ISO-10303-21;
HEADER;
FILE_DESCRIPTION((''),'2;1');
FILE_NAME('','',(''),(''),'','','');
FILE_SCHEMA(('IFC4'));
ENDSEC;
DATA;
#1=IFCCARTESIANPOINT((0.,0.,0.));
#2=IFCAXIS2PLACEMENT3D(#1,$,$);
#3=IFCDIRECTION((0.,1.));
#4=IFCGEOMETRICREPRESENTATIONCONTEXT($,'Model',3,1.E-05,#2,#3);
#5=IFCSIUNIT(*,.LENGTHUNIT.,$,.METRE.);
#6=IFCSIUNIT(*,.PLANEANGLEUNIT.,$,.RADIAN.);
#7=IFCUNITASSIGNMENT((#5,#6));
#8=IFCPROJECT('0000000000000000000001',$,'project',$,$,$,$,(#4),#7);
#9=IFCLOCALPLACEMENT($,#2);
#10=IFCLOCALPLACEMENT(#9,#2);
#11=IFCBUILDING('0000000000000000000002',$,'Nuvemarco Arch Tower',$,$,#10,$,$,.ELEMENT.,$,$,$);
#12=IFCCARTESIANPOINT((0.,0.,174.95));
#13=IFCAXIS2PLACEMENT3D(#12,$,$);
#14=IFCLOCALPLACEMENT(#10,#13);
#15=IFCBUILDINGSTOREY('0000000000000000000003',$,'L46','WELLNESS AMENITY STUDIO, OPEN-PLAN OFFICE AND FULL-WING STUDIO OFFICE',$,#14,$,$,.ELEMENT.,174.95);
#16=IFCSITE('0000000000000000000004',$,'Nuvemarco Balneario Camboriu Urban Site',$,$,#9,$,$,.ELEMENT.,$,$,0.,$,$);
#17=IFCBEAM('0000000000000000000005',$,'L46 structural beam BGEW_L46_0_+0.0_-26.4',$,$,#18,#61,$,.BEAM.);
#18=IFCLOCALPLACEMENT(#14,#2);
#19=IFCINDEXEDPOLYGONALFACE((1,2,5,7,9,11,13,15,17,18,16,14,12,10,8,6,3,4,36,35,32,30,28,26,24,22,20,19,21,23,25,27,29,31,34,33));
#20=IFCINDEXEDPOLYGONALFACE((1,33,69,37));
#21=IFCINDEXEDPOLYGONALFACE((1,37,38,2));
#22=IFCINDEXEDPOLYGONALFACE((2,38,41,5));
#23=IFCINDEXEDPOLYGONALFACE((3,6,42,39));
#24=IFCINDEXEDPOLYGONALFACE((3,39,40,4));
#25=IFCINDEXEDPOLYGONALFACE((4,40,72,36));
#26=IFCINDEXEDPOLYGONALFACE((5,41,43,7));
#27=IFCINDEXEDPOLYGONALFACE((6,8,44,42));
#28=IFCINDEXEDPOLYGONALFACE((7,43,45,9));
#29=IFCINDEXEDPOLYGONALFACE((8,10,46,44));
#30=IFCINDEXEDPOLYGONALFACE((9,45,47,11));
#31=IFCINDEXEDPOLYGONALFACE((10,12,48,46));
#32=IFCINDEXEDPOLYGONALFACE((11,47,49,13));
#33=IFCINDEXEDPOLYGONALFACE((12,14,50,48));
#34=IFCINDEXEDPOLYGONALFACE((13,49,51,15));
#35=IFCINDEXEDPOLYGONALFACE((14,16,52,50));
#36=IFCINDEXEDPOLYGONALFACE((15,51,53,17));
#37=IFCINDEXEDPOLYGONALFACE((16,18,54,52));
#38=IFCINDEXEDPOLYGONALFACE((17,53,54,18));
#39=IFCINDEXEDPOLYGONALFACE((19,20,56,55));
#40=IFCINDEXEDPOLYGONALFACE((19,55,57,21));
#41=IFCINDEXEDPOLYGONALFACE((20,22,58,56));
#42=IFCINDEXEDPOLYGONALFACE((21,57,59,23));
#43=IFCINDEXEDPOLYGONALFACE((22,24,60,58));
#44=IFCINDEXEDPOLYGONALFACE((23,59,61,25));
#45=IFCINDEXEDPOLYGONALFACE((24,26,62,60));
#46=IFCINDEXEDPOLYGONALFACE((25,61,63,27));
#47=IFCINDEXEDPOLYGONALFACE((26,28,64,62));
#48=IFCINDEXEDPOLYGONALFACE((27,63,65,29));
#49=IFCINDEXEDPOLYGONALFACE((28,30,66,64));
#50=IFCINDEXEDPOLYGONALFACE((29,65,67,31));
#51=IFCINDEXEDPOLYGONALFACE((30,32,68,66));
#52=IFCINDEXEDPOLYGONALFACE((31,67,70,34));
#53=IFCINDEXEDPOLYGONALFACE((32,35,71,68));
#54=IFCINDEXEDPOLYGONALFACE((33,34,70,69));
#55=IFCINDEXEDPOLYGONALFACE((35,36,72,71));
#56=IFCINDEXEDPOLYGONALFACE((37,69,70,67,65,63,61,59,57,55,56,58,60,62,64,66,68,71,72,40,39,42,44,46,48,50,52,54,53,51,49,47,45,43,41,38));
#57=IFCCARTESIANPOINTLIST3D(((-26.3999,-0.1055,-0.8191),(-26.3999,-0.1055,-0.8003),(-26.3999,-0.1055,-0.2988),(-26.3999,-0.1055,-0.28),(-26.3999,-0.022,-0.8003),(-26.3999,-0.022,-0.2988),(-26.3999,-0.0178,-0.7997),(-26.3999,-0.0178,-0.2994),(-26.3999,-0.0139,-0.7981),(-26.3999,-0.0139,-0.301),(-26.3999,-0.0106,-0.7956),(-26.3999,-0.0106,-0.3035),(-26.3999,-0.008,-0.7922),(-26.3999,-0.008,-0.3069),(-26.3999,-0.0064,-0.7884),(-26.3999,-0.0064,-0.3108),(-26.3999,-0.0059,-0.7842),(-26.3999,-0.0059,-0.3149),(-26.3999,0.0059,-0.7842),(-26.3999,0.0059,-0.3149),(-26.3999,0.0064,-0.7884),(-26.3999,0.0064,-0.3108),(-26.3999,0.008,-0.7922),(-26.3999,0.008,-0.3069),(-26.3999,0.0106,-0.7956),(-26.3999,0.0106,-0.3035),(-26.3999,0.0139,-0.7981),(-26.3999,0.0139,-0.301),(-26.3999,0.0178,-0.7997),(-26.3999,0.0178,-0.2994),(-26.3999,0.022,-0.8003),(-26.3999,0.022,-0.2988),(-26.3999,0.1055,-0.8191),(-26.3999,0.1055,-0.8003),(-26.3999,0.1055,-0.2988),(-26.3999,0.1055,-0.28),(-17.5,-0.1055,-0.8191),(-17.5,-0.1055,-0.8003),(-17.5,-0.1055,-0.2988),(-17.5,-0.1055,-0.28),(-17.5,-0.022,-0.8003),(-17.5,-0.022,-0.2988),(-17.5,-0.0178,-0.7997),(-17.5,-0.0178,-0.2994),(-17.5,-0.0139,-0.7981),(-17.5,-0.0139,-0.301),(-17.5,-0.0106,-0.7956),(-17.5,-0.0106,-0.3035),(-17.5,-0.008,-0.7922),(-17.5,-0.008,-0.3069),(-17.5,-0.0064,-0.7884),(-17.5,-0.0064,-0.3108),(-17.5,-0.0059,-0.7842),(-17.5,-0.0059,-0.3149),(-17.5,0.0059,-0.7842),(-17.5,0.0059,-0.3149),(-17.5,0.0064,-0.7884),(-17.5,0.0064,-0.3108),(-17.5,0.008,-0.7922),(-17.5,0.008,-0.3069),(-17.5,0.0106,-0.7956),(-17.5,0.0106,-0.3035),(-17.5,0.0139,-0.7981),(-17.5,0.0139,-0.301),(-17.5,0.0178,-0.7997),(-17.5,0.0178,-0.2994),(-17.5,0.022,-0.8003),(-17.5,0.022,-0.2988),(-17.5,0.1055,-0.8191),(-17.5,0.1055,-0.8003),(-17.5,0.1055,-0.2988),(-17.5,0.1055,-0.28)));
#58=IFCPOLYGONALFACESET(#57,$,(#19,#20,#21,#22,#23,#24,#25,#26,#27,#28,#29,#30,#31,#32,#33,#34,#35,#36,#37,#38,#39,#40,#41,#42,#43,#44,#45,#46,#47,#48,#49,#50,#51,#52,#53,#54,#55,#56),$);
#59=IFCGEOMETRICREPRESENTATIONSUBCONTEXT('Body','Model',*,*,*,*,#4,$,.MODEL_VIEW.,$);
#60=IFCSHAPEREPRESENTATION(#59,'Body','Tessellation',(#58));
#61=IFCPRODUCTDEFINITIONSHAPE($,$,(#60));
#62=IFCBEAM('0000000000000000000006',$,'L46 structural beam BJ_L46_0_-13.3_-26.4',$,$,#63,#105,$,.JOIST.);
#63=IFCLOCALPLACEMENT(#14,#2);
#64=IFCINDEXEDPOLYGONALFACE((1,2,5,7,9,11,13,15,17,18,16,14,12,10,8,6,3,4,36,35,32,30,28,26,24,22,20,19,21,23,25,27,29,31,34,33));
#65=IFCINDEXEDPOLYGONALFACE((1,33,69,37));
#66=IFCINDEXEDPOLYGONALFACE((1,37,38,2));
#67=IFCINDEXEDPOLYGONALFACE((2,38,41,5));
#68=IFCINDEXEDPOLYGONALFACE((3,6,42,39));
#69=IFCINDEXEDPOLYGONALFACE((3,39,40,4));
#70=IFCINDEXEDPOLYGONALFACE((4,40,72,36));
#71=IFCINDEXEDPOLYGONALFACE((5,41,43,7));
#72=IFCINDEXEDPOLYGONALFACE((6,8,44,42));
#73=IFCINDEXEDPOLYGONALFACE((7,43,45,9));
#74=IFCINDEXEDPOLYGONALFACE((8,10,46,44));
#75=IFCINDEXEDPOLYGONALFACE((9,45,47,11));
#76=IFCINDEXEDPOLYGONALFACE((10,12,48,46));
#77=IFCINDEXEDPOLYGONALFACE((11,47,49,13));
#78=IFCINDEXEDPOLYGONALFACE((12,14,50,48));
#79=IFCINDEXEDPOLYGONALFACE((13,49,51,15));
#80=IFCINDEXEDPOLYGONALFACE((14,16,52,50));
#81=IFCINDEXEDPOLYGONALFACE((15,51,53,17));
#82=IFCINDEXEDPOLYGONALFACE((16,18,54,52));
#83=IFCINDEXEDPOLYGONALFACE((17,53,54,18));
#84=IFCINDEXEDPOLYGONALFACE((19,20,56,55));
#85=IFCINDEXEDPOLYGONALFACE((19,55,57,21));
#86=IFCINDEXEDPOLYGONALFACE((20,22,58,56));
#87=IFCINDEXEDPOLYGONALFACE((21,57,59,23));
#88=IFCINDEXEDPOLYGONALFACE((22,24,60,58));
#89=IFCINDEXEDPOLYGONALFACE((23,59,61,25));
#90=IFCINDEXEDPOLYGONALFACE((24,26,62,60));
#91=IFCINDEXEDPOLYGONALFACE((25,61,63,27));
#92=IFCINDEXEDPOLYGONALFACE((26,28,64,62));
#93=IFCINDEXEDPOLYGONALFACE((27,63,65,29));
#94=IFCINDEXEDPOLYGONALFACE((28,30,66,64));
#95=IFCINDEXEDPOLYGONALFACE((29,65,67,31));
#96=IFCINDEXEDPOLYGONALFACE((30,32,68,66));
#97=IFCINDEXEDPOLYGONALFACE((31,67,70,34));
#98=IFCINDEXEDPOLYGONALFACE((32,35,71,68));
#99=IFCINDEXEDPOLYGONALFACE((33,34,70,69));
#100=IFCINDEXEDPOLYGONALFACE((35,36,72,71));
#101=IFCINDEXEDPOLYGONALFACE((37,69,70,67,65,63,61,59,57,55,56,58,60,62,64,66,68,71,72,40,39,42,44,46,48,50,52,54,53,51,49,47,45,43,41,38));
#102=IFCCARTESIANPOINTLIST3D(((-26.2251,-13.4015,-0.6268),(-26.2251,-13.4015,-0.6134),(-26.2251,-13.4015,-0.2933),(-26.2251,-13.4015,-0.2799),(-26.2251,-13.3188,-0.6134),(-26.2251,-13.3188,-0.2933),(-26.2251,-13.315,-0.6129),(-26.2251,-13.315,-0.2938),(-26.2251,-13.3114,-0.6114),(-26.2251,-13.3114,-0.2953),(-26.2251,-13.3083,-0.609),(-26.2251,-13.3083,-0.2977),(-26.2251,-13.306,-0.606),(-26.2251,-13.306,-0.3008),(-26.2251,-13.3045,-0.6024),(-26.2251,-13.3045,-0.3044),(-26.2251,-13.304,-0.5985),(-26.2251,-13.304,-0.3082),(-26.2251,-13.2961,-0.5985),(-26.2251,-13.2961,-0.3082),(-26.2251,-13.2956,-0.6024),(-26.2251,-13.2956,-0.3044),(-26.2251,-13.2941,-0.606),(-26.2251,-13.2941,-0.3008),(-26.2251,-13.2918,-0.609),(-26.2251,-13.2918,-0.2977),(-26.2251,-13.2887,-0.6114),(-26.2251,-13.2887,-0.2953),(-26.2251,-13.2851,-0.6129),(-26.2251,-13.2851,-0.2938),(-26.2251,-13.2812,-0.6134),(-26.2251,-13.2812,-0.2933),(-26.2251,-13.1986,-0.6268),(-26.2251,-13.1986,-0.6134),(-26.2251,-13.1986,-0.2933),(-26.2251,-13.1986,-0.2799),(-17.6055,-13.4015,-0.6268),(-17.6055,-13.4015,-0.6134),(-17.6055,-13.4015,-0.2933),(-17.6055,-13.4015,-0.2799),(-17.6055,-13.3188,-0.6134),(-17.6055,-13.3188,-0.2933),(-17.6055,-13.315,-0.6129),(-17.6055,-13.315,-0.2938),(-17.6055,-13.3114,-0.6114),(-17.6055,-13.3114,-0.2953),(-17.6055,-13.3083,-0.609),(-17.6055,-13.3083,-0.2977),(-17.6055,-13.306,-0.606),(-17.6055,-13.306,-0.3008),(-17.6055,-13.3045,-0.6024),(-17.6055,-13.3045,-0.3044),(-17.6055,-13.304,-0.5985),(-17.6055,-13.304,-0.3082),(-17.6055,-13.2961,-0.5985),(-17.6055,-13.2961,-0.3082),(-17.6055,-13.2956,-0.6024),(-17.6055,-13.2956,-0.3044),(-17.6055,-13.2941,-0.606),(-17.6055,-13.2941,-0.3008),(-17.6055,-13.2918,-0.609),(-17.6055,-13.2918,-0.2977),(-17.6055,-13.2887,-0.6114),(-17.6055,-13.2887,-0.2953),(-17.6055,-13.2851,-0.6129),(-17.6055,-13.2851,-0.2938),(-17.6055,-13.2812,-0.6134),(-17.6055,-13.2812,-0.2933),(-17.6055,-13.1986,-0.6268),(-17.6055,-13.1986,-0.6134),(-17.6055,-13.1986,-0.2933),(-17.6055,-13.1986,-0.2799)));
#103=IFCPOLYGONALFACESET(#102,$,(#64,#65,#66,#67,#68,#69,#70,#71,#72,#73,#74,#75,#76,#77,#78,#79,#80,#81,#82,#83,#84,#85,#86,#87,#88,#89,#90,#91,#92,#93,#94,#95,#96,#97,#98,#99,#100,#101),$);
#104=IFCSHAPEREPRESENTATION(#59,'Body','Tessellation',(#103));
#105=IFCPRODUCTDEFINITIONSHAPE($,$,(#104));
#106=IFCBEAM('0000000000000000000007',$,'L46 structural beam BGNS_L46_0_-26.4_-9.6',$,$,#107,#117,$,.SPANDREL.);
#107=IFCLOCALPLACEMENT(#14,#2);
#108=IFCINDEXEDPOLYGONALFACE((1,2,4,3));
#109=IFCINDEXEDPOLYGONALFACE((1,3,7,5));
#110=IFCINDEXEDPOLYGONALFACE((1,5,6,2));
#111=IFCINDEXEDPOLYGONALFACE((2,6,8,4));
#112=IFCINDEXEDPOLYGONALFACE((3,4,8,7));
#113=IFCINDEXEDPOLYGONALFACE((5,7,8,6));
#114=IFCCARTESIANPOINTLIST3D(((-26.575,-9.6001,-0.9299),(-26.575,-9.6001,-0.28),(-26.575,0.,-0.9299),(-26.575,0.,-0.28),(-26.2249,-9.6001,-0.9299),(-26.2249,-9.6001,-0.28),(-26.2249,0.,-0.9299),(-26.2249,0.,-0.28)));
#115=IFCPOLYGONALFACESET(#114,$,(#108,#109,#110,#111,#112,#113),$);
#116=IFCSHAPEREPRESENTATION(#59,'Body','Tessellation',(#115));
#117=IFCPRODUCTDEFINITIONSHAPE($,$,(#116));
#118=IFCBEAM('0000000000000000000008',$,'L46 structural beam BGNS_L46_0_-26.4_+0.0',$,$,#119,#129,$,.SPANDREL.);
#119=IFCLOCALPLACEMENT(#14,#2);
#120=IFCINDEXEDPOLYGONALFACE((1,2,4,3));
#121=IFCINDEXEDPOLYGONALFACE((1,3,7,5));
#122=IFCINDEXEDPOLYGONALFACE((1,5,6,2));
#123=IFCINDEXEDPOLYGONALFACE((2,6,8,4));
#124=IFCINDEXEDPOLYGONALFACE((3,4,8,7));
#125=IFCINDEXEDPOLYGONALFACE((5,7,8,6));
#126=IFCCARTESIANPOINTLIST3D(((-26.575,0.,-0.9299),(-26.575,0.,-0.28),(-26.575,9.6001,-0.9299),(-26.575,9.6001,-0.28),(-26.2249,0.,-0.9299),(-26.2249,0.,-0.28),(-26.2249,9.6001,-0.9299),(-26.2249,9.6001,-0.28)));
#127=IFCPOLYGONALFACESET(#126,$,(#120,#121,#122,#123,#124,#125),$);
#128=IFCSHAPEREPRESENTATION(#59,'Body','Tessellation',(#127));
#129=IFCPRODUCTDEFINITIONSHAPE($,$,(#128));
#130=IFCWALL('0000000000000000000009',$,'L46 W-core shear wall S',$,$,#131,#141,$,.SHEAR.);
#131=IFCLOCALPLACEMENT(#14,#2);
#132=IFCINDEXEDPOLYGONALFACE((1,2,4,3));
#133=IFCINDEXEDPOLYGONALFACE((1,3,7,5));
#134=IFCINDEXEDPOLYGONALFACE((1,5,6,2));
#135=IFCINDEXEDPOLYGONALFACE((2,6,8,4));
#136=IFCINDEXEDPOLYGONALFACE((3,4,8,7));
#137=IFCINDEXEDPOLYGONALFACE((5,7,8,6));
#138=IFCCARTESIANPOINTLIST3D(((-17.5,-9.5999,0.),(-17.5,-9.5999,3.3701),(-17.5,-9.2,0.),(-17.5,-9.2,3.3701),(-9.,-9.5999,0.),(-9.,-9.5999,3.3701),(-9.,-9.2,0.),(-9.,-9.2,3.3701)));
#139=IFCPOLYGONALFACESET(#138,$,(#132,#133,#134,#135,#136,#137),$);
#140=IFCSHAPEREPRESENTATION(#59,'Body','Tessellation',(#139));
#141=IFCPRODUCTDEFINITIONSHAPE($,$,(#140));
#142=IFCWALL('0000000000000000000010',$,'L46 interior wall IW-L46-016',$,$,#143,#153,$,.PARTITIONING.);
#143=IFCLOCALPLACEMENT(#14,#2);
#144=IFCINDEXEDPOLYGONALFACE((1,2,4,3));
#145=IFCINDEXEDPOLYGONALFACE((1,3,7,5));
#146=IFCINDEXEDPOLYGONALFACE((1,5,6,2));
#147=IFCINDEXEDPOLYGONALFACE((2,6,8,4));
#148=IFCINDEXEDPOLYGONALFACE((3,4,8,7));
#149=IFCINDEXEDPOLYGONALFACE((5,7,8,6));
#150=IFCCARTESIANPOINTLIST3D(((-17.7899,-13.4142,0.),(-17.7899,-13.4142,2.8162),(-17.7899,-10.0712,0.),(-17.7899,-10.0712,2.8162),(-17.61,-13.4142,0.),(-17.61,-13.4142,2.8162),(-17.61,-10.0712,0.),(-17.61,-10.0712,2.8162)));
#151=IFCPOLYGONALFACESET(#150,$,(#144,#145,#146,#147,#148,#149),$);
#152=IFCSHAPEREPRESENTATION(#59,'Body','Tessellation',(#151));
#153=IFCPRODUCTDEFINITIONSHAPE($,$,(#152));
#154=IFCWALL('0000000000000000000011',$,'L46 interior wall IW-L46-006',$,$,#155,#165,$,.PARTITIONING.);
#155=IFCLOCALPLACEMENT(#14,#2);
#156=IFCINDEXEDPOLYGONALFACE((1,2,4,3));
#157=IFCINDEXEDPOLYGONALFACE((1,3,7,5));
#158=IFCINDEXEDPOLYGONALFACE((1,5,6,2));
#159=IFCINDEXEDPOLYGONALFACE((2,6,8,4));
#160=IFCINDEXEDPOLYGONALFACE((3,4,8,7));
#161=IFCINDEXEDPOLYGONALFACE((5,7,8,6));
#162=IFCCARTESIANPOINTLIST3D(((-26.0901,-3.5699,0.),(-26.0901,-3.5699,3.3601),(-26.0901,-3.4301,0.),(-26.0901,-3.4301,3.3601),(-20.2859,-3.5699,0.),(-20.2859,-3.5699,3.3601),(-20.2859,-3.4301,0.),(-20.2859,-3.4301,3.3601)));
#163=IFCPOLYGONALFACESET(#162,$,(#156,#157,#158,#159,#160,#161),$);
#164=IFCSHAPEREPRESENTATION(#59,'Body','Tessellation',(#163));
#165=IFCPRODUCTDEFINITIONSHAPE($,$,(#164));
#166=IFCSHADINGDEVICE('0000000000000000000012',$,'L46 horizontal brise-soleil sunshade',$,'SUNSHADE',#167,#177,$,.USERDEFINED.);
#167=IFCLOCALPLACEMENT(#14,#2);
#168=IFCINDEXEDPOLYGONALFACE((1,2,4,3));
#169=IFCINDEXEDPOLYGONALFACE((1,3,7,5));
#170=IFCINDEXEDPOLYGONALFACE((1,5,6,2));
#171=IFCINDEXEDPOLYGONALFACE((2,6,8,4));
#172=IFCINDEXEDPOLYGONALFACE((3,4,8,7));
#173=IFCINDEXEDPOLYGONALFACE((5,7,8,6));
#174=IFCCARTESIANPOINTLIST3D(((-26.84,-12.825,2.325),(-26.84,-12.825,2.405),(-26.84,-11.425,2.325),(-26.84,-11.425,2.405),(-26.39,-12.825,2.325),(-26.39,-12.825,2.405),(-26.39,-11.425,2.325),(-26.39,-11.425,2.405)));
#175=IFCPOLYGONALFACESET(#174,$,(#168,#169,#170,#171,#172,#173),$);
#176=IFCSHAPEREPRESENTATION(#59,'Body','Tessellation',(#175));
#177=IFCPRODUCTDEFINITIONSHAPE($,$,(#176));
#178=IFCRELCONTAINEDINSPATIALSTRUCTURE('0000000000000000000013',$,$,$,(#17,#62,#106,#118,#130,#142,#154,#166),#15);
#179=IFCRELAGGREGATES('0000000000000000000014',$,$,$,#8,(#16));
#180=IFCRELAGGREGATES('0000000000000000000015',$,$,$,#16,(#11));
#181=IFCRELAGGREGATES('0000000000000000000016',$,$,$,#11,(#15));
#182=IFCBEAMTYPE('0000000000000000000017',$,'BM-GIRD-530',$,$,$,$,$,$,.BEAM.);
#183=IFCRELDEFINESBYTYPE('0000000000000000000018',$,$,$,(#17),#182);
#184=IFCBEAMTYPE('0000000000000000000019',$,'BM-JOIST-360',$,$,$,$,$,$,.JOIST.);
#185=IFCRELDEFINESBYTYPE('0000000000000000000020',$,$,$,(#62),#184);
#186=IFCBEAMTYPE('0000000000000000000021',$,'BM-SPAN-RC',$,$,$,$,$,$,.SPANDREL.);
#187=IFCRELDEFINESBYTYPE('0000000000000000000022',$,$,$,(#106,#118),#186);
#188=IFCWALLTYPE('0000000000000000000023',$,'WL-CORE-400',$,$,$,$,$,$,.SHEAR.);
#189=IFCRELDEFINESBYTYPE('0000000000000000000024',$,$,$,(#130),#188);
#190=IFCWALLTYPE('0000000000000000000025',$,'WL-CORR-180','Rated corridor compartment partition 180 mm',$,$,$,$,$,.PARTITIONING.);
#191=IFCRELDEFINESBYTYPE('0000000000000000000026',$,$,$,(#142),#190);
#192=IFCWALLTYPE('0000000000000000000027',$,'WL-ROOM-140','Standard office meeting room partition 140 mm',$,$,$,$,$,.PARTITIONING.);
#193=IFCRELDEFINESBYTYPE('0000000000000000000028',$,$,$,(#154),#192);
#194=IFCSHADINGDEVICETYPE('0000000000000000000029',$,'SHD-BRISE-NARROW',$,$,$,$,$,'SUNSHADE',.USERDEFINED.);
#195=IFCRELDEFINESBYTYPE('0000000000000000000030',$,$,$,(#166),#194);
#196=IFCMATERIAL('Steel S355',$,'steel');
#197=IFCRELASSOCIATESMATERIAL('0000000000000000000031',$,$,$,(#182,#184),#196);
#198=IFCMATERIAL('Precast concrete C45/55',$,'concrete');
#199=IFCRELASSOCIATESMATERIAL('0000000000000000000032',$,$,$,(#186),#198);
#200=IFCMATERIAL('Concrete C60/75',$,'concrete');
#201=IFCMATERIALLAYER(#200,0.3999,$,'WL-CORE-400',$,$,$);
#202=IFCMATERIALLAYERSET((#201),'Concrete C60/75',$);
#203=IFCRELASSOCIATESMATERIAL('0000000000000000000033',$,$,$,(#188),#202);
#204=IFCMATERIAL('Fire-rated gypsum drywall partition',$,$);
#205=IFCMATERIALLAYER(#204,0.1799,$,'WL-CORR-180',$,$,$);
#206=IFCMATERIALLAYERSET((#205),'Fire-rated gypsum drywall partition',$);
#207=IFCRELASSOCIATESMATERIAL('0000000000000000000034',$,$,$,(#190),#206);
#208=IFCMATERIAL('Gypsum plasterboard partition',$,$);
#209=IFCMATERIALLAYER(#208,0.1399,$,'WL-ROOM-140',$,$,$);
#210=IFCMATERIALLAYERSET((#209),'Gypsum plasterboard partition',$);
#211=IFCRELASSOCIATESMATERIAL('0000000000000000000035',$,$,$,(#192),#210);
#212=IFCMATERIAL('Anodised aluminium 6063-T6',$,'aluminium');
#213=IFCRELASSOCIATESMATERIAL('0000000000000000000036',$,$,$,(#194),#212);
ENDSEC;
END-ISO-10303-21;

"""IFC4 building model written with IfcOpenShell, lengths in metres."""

from ifc_helpers import new_model, si_unit, direction, frame, frame_2d, origin, origin_2d, place, context, subcontext, project, spatial, rectangle, i_section, extrude, source, transform, mapped, material, layer, layer_set, material_profile, profile_set, type_object, type_shapes, element, save


model = new_model("IFC4")

# Units and contexts
model_context = context("Model", 3, precision=1e-05, world=origin(), true_north=direction((0.0, 1.0)))
body_context = subcontext(model_context, "Body", "Model", "MODEL_VIEW")
ifc_project = project(units=[si_unit("LENGTHUNIT", "METRE"), si_unit("PLANEANGLEUNIT", "RADIAN")], contexts=[model_context])

# Site, building, storey
site_placement = place(None, origin())
site = spatial("IfcSite", under=ifc_project, at=site_placement, Name="Nuvemarco Balneario Camboriu Urban Site", CompositionType="ELEMENT", RefElevation=0.0)
building_placement = place(site_placement, origin())
building = spatial("IfcBuilding", under=site, at=building_placement, Name="Nuvemarco Arch Tower", CompositionType="ELEMENT")
storey_placement = place(building_placement, frame((0.0, 0.0, 174.95)))
storey = spatial("IfcBuildingStorey", under=building, at=storey_placement, Name="L46", Description="WELLNESS AMENITY STUDIO, OPEN-PLAN OFFICE AND FULL-WING STUDIO OFFICE", CompositionType="ELEMENT", Elevation=174.95)

# Shared definitions
ifc_material_1 = material(Name="Steel S355", Category="steel")

# Beams
ifc_material_profile_1 = material_profile(ifc_material_1, i_section(OverallWidth=0.2109, OverallDepth=0.5391, WebThickness=0.0117, FlangeThickness=0.0188, FilletRadius=0.0161, at=origin_2d()), Name="W530x109")
ifc_profile_set_1 = profile_set([ifc_material_profile_1], Name="Steel S355")
beam_type_1 = type_object("IfcBeamType", Name="BM-GIRD-530", PredefinedType="BEAM", material=ifc_profile_set_1)
beam_1_placement = place(storey_placement, frame((-26.3999, 0.0, -0.5496), z_axis=(1.0, 0.0, 0.0), x_axis=(0.0, 1.0, 0.0)))
element("IfcBeam", 1, at=beam_1_placement, inside=storey, type_object=beam_type_1, Name="L46 structural beam BGEW_L46_0_+0.0_-26.4", PredefinedType="BEAM", context=body_context, shape_type="SweptSolid", body=[
    extrude(i_section(OverallWidth=0.2109, OverallDepth=0.5391, WebThickness=0.0117, FlangeThickness=0.0188, FilletRadius=0.0161, at=origin_2d()), origin(), (0.0, 0.0, 1.0), 8.8999),
])
ifc_material_profile_2 = material_profile(ifc_material_1, i_section(OverallWidth=0.2029, OverallDepth=0.3469, WebThickness=0.0078, FlangeThickness=0.0134, FilletRadius=0.0149, at=origin_2d()), Name="W360x64")
ifc_profile_set_2 = profile_set([ifc_material_profile_2], Name="Steel S355")
beam_type_2 = type_object("IfcBeamType", Name="BM-JOIST-360", PredefinedType="JOIST", material=ifc_profile_set_2)
beam_2_placement = place(storey_placement, frame((-26.2251, -13.3, -0.4534), z_axis=(1.0, 0.0, 0.0), x_axis=(0.0, 1.0, 0.0)))
element("IfcBeam", 2, at=beam_2_placement, inside=storey, type_object=beam_type_2, Name="L46 structural beam BJ_L46_0_-13.3_-26.4", PredefinedType="JOIST", context=body_context, shape_type="SweptSolid", body=[
    extrude(i_section(OverallWidth=0.2029, OverallDepth=0.3469, WebThickness=0.0078, FlangeThickness=0.0134, FilletRadius=0.0149, at=origin_2d()), origin(), (0.0, 0.0, 1.0), 8.6196),
])
ifc_material_2 = material(Name="Precast concrete C45/55", Category="concrete")
ifc_material_profile_3 = material_profile(ifc_material_2, rectangle(XDim=0.3501, YDim=0.6499, at=origin_2d()), Name="PC-SP-350x650")
ifc_profile_set_3 = profile_set([ifc_material_profile_3], Name="Precast concrete C45/55")
beam_type_3 = type_object("IfcBeamType", Name="BM-SPAN-RC", PredefinedType="SPANDREL", material=ifc_profile_set_3)
for number, where, z_axis, x_axis, name in (
    (3, (-26.3999, -9.6001, -0.605), (0.0, 1.0, 0.0), (-1.0, 0.0, 0.0), "L46 structural beam BGNS_L46_0_-26.4_-9.6"),
    (4, (-26.3999, 0.0, -0.605), (0.0, 1.0, 0.0), (-1.0, 0.0, 0.0), "L46 structural beam BGNS_L46_0_-26.4_+0.0"),
):
    element("IfcBeam", number, at=place(storey_placement, frame(where, z_axis=z_axis, x_axis=x_axis)), inside=storey, type_object=beam_type_3, Name=name, PredefinedType="SPANDREL", context=body_context, shape_type="SweptSolid", body=[
        extrude(rectangle(XDim=0.3501, YDim=0.6499, at=origin_2d()), origin(), (0.0, 0.0, 1.0), 9.6001),
    ])

# Walls
ifc_material_3 = material(Name="Concrete C60/75", Category="concrete")
ifc_layer_1 = layer(ifc_material_3, 0.3999, Name="WL-CORE-400")
ifc_layer_set_1 = layer_set([ifc_layer_1], Name="Concrete C60/75")
wall_type_1 = type_object("IfcWallType", Name="WL-CORE-400", PredefinedType="SHEAR", material=ifc_layer_set_1)
wall_1_placement = place(storey_placement, frame((-17.5, -9.3999, 0.0), z_axis=(0.0, 0.0, 1.0), x_axis=(1.0, 0.0, 0.0)))
element("IfcWall", 5, at=wall_1_placement, inside=storey, type_object=wall_type_1, Name="L46 W-core shear wall S", PredefinedType="SHEAR", context=body_context, shape_type="SweptSolid", body=[
    extrude(rectangle(XDim=8.5, YDim=0.3999, at=frame_2d((4.25, 0.0))), origin(), (0.0, 0.0, 1.0), 3.3701),
])
ifc_material_4 = material(Name="Fire-rated gypsum drywall partition")
ifc_layer_2 = layer(ifc_material_4, 0.1799, Name="WL-CORR-180")
ifc_layer_set_2 = layer_set([ifc_layer_2], Name="Fire-rated gypsum drywall partition")
wall_type_2 = type_object("IfcWallType", Name="WL-CORR-180", Description="Rated corridor compartment partition 180 mm", PredefinedType="PARTITIONING", material=ifc_layer_set_2)
wall_2_placement = place(storey_placement, frame((-17.7, -13.4141, 0.0), z_axis=(0.0, 0.0, 1.0), x_axis=(0.0, 1.0, 0.0)))
element("IfcWall", 6, at=wall_2_placement, inside=storey, type_object=wall_type_2, Name="L46 interior wall IW-L46-016", PredefinedType="PARTITIONING", context=body_context, shape_type="SweptSolid", body=[
    extrude(rectangle(XDim=3.343, YDim=0.1799, at=frame_2d((1.6714, 0.0))), origin(), (0.0, 0.0, 1.0), 2.8162),
])
ifc_material_5 = material(Name="Gypsum plasterboard partition")
ifc_layer_3 = layer(ifc_material_5, 0.1399, Name="WL-ROOM-140")
ifc_layer_set_3 = layer_set([ifc_layer_3], Name="Gypsum plasterboard partition")
wall_type_3 = type_object("IfcWallType", Name="WL-ROOM-140", Description="Standard office meeting room partition 140 mm", PredefinedType="PARTITIONING", material=ifc_layer_set_3)
wall_3_placement = place(storey_placement, frame((-26.0901, -3.5, 0.0), z_axis=(0.0, 0.0, 1.0), x_axis=(1.0, 0.0, 0.0)))
element("IfcWall", 7, at=wall_3_placement, inside=storey, type_object=wall_type_3, Name="L46 interior wall IW-L46-006", PredefinedType="PARTITIONING", context=body_context, shape_type="SweptSolid", body=[
    extrude(rectangle(XDim=5.8042, YDim=0.1399, at=frame_2d((2.9021, 0.0))), origin(), (0.0, 0.0, 1.0), 3.3601),
])

# Shading device
ifc_material_6 = material(Name="Anodised aluminium 6063-T6", Category="aluminium")
shading_device_type = type_object("IfcShadingDeviceType", Name="SHD-BRISE-NARROW", ElementType="SUNSHADE", PredefinedType="USERDEFINED", material=ifc_material_6)
shared_shape = source(origin(), body_context, "Body", "SweptSolid", [
    extrude(rectangle(XDim=1.3999, YDim=0.45, at=origin_2d()), origin(), (0.0, 0.0, 1.0), 0.0801),
])
type_shapes(shading_device_type, [shared_shape])
for number, where, z_axis, x_axis, name in (
    (8, (-26.615, -12.125, 2.325), (0.0, 0.0, 1.0), (0.0, 1.0, 0.0), "L46 horizontal brise-soleil sunshade"),
):
    element("IfcShadingDevice", number, at=place(storey_placement, frame(where, z_axis=z_axis, x_axis=x_axis)), inside=storey, type_object=shading_device_type, Name=name, ObjectType="SUNSHADE", PredefinedType="USERDEFINED", context=body_context, shape_type="MappedRepresentation", body=[
        mapped(shared_shape, transform((0.0, 0.0, 0.0), scale=1.0)),
    ])

save(model, "model.ifc")
